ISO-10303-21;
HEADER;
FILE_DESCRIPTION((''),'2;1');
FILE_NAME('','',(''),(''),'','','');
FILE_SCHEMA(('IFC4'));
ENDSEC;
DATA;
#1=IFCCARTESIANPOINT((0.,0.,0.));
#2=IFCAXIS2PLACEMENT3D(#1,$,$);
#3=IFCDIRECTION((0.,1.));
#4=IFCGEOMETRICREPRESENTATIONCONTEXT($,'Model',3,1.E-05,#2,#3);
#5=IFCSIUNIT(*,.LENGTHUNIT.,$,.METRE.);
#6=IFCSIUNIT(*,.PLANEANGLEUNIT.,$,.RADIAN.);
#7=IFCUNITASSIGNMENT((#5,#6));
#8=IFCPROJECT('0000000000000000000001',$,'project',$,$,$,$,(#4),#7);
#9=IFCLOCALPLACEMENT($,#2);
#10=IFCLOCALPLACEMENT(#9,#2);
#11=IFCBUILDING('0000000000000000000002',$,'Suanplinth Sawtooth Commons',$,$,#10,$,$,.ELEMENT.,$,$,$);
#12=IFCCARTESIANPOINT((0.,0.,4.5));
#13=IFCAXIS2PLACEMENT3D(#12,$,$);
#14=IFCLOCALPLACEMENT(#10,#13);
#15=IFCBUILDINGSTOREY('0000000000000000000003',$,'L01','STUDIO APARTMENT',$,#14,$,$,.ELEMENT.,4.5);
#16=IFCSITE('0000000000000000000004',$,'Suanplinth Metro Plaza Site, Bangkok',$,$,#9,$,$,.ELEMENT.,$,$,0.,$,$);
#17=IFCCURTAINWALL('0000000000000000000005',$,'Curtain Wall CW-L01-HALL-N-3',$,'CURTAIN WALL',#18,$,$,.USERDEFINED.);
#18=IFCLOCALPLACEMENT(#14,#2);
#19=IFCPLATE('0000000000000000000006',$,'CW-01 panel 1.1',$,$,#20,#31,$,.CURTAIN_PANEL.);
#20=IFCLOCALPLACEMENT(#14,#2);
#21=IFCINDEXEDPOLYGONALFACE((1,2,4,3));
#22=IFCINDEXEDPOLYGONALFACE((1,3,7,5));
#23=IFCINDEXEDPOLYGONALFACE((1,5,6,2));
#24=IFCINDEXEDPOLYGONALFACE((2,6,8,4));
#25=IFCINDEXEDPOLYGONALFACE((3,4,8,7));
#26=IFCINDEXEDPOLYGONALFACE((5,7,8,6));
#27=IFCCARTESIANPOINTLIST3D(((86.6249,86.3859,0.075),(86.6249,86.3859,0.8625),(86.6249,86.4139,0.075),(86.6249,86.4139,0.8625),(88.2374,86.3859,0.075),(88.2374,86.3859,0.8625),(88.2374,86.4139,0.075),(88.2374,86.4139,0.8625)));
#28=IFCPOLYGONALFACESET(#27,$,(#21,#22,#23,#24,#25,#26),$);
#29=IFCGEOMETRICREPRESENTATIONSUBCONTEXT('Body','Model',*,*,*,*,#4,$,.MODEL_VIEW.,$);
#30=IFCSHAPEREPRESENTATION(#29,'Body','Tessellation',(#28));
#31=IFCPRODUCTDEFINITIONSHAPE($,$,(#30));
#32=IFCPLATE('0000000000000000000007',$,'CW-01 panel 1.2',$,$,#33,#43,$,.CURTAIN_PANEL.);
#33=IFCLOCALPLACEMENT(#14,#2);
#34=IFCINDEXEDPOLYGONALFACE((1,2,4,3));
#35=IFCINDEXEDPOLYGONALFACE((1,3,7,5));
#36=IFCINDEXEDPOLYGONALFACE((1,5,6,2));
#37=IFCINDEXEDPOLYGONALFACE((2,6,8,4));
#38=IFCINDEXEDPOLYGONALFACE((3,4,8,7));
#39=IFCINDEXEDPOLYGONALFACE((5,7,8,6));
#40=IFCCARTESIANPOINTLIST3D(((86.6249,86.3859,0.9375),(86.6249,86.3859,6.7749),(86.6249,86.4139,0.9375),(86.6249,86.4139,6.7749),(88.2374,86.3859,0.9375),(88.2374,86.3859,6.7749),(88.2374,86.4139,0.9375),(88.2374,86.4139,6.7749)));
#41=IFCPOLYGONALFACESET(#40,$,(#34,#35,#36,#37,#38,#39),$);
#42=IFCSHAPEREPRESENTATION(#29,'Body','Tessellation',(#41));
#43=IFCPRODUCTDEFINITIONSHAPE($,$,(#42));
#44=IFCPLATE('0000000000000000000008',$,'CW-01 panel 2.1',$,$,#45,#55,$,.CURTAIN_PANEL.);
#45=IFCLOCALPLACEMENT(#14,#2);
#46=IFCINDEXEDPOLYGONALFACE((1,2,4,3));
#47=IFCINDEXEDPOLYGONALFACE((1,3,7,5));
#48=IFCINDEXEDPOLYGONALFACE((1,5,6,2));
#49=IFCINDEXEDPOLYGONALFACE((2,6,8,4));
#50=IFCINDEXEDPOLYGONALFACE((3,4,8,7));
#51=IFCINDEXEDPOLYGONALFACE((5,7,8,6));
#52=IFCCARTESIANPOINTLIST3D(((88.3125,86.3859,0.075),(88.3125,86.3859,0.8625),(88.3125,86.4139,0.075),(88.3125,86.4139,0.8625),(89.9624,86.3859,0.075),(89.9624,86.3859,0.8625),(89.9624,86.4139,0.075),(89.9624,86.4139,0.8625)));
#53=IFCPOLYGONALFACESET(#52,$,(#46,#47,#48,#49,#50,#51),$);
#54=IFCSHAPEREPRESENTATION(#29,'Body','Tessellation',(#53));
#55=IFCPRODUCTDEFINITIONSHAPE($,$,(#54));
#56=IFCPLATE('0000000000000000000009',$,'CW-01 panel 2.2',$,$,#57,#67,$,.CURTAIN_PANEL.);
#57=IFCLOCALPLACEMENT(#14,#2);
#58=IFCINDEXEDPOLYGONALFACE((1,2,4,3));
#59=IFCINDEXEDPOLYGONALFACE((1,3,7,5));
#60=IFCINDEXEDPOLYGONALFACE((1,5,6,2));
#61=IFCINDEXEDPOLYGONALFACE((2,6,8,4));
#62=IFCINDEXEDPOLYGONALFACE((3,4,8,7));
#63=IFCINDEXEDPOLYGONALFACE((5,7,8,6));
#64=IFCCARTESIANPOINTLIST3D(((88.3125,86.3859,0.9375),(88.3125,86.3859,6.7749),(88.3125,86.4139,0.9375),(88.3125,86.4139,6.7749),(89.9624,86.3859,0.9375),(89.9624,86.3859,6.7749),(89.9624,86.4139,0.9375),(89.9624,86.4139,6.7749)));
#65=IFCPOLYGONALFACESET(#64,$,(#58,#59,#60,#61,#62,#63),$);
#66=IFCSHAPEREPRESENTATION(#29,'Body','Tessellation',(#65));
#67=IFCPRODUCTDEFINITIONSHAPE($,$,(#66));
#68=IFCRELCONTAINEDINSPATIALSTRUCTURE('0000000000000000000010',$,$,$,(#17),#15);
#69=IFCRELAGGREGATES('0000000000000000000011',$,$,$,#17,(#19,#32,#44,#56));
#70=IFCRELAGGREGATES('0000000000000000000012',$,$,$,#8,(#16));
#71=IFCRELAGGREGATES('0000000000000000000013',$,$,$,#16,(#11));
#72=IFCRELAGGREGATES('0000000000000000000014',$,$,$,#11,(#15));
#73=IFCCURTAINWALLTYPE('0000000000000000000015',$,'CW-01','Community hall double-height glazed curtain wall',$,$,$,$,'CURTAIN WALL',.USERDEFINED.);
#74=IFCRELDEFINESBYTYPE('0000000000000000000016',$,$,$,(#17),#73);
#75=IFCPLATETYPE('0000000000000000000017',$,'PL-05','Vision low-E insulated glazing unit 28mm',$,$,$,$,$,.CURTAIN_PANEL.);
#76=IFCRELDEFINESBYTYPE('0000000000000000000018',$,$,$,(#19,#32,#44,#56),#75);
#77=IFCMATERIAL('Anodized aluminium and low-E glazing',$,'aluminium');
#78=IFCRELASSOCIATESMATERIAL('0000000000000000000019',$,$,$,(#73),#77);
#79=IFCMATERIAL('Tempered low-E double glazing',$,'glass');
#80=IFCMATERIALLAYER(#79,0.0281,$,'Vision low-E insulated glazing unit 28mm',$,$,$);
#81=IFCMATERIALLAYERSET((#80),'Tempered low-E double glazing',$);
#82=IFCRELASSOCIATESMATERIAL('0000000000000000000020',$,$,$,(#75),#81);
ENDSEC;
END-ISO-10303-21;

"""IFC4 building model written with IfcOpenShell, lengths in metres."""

from ifc_helpers import new_model, si_unit, direction, frame, origin, origin_2d, place, context, subcontext, project, spatial, rectangle, extrude, material, layer, layer_set, type_object, element, aggregate, save


model = new_model("IFC4")

# Units and contexts
model_context = context("Model", 3, precision=1e-05, world=origin(), true_north=direction((0.0, 1.0)))
body_context = subcontext(model_context, "Body", "Model", "MODEL_VIEW")
ifc_project = project(units=[si_unit("LENGTHUNIT", "METRE"), si_unit("PLANEANGLEUNIT", "RADIAN")], contexts=[model_context])

# Site, building, storey
site_placement = place(None, origin())
site = spatial("IfcSite", under=ifc_project, at=site_placement, Name="Suanplinth Metro Plaza Site, Bangkok", CompositionType="ELEMENT", RefElevation=0.0)
building_placement = place(site_placement, origin())
building = spatial("IfcBuilding", under=site, at=building_placement, Name="Suanplinth Sawtooth Commons", CompositionType="ELEMENT")
storey_placement = place(building_placement, frame((0.0, 0.0, 4.5)))
storey = spatial("IfcBuildingStorey", under=building, at=storey_placement, Name="L01", Description="STUDIO APARTMENT", CompositionType="ELEMENT", Elevation=4.5)

# Curtain wall
ifc_material_1 = material(Name="Anodized aluminium and low-E glazing", Category="aluminium")
curtain_wall_type = type_object("IfcCurtainWallType", Name="CW-01", Description="Community hall double-height glazed curtain wall", ElementType="CURTAIN WALL", PredefinedType="USERDEFINED", material=ifc_material_1)
curtain_wall_1_placement = place(storey_placement, origin())
curtain_wall_1 = element("IfcCurtainWall", 1, at=curtain_wall_1_placement, inside=storey, type_object=curtain_wall_type, Name="Curtain Wall CW-L01-HALL-N-3", ObjectType="CURTAIN WALL", PredefinedType="USERDEFINED")

# Plates
ifc_material_2 = material(Name="Tempered low-E double glazing", Category="glass")
ifc_layer_1 = layer(ifc_material_2, 0.0281, Name="Vision low-E insulated glazing unit 28mm")
ifc_layer_set_1 = layer_set([ifc_layer_1], Name="Tempered low-E double glazing")
plate_type_1 = type_object("IfcPlateType", Name="PL-05", Description="Vision low-E insulated glazing unit 28mm", PredefinedType="CURTAIN_PANEL", material=ifc_layer_set_1)
plate_1_placement = place(storey_placement, frame((87.4312, 86.3999, 0.075), z_axis=(0.0, 0.0, 1.0), x_axis=(1.0, 0.0, 0.0)))
plate_1 = element("IfcPlate", 2, at=plate_1_placement, type_object=plate_type_1, Name="CW-01 panel 1.1", PredefinedType="CURTAIN_PANEL", context=body_context, shape_type="SweptSolid", body=[
    extrude(rectangle(XDim=1.6125, YDim=0.0281, at=origin_2d()), origin(), (0.0, 0.0, 1.0), 0.7876),
])
plate_2_placement = place(storey_placement, frame((87.4312, 86.3999, 0.9375), z_axis=(0.0, 0.0, 1.0), x_axis=(1.0, 0.0, 0.0)))
plate_2 = element("IfcPlate", 3, at=plate_2_placement, type_object=plate_type_1, Name="CW-01 panel 1.2", PredefinedType="CURTAIN_PANEL", context=body_context, shape_type="SweptSolid", body=[
    extrude(rectangle(XDim=1.6125, YDim=0.0281, at=origin_2d()), origin(), (0.0, 0.0, 1.0), 5.8374),
])
plate_3_placement = place(storey_placement, frame((89.1375, 86.3999, 0.075), z_axis=(0.0, 0.0, 1.0), x_axis=(1.0, 0.0, 0.0)))
plate_3 = element("IfcPlate", 4, at=plate_3_placement, type_object=plate_type_1, Name="CW-01 panel 2.1", PredefinedType="CURTAIN_PANEL", context=body_context, shape_type="SweptSolid", body=[
    extrude(rectangle(XDim=1.6499, YDim=0.0281, at=origin_2d()), origin(), (0.0, 0.0, 1.0), 0.7876),
])
plate_4_placement = place(storey_placement, frame((89.1375, 86.3999, 0.9375), z_axis=(0.0, 0.0, 1.0), x_axis=(1.0, 0.0, 0.0)))
plate_4 = element("IfcPlate", 5, at=plate_4_placement, type_object=plate_type_1, Name="CW-01 panel 2.2", PredefinedType="CURTAIN_PANEL", context=body_context, shape_type="SweptSolid", body=[
    extrude(rectangle(XDim=1.6499, YDim=0.0281, at=origin_2d()), origin(), (0.0, 0.0, 1.0), 5.8374),
])
aggregate(curtain_wall_1, [plate_1, plate_2, plate_3, plate_4])

save(model, "model.ifc")
